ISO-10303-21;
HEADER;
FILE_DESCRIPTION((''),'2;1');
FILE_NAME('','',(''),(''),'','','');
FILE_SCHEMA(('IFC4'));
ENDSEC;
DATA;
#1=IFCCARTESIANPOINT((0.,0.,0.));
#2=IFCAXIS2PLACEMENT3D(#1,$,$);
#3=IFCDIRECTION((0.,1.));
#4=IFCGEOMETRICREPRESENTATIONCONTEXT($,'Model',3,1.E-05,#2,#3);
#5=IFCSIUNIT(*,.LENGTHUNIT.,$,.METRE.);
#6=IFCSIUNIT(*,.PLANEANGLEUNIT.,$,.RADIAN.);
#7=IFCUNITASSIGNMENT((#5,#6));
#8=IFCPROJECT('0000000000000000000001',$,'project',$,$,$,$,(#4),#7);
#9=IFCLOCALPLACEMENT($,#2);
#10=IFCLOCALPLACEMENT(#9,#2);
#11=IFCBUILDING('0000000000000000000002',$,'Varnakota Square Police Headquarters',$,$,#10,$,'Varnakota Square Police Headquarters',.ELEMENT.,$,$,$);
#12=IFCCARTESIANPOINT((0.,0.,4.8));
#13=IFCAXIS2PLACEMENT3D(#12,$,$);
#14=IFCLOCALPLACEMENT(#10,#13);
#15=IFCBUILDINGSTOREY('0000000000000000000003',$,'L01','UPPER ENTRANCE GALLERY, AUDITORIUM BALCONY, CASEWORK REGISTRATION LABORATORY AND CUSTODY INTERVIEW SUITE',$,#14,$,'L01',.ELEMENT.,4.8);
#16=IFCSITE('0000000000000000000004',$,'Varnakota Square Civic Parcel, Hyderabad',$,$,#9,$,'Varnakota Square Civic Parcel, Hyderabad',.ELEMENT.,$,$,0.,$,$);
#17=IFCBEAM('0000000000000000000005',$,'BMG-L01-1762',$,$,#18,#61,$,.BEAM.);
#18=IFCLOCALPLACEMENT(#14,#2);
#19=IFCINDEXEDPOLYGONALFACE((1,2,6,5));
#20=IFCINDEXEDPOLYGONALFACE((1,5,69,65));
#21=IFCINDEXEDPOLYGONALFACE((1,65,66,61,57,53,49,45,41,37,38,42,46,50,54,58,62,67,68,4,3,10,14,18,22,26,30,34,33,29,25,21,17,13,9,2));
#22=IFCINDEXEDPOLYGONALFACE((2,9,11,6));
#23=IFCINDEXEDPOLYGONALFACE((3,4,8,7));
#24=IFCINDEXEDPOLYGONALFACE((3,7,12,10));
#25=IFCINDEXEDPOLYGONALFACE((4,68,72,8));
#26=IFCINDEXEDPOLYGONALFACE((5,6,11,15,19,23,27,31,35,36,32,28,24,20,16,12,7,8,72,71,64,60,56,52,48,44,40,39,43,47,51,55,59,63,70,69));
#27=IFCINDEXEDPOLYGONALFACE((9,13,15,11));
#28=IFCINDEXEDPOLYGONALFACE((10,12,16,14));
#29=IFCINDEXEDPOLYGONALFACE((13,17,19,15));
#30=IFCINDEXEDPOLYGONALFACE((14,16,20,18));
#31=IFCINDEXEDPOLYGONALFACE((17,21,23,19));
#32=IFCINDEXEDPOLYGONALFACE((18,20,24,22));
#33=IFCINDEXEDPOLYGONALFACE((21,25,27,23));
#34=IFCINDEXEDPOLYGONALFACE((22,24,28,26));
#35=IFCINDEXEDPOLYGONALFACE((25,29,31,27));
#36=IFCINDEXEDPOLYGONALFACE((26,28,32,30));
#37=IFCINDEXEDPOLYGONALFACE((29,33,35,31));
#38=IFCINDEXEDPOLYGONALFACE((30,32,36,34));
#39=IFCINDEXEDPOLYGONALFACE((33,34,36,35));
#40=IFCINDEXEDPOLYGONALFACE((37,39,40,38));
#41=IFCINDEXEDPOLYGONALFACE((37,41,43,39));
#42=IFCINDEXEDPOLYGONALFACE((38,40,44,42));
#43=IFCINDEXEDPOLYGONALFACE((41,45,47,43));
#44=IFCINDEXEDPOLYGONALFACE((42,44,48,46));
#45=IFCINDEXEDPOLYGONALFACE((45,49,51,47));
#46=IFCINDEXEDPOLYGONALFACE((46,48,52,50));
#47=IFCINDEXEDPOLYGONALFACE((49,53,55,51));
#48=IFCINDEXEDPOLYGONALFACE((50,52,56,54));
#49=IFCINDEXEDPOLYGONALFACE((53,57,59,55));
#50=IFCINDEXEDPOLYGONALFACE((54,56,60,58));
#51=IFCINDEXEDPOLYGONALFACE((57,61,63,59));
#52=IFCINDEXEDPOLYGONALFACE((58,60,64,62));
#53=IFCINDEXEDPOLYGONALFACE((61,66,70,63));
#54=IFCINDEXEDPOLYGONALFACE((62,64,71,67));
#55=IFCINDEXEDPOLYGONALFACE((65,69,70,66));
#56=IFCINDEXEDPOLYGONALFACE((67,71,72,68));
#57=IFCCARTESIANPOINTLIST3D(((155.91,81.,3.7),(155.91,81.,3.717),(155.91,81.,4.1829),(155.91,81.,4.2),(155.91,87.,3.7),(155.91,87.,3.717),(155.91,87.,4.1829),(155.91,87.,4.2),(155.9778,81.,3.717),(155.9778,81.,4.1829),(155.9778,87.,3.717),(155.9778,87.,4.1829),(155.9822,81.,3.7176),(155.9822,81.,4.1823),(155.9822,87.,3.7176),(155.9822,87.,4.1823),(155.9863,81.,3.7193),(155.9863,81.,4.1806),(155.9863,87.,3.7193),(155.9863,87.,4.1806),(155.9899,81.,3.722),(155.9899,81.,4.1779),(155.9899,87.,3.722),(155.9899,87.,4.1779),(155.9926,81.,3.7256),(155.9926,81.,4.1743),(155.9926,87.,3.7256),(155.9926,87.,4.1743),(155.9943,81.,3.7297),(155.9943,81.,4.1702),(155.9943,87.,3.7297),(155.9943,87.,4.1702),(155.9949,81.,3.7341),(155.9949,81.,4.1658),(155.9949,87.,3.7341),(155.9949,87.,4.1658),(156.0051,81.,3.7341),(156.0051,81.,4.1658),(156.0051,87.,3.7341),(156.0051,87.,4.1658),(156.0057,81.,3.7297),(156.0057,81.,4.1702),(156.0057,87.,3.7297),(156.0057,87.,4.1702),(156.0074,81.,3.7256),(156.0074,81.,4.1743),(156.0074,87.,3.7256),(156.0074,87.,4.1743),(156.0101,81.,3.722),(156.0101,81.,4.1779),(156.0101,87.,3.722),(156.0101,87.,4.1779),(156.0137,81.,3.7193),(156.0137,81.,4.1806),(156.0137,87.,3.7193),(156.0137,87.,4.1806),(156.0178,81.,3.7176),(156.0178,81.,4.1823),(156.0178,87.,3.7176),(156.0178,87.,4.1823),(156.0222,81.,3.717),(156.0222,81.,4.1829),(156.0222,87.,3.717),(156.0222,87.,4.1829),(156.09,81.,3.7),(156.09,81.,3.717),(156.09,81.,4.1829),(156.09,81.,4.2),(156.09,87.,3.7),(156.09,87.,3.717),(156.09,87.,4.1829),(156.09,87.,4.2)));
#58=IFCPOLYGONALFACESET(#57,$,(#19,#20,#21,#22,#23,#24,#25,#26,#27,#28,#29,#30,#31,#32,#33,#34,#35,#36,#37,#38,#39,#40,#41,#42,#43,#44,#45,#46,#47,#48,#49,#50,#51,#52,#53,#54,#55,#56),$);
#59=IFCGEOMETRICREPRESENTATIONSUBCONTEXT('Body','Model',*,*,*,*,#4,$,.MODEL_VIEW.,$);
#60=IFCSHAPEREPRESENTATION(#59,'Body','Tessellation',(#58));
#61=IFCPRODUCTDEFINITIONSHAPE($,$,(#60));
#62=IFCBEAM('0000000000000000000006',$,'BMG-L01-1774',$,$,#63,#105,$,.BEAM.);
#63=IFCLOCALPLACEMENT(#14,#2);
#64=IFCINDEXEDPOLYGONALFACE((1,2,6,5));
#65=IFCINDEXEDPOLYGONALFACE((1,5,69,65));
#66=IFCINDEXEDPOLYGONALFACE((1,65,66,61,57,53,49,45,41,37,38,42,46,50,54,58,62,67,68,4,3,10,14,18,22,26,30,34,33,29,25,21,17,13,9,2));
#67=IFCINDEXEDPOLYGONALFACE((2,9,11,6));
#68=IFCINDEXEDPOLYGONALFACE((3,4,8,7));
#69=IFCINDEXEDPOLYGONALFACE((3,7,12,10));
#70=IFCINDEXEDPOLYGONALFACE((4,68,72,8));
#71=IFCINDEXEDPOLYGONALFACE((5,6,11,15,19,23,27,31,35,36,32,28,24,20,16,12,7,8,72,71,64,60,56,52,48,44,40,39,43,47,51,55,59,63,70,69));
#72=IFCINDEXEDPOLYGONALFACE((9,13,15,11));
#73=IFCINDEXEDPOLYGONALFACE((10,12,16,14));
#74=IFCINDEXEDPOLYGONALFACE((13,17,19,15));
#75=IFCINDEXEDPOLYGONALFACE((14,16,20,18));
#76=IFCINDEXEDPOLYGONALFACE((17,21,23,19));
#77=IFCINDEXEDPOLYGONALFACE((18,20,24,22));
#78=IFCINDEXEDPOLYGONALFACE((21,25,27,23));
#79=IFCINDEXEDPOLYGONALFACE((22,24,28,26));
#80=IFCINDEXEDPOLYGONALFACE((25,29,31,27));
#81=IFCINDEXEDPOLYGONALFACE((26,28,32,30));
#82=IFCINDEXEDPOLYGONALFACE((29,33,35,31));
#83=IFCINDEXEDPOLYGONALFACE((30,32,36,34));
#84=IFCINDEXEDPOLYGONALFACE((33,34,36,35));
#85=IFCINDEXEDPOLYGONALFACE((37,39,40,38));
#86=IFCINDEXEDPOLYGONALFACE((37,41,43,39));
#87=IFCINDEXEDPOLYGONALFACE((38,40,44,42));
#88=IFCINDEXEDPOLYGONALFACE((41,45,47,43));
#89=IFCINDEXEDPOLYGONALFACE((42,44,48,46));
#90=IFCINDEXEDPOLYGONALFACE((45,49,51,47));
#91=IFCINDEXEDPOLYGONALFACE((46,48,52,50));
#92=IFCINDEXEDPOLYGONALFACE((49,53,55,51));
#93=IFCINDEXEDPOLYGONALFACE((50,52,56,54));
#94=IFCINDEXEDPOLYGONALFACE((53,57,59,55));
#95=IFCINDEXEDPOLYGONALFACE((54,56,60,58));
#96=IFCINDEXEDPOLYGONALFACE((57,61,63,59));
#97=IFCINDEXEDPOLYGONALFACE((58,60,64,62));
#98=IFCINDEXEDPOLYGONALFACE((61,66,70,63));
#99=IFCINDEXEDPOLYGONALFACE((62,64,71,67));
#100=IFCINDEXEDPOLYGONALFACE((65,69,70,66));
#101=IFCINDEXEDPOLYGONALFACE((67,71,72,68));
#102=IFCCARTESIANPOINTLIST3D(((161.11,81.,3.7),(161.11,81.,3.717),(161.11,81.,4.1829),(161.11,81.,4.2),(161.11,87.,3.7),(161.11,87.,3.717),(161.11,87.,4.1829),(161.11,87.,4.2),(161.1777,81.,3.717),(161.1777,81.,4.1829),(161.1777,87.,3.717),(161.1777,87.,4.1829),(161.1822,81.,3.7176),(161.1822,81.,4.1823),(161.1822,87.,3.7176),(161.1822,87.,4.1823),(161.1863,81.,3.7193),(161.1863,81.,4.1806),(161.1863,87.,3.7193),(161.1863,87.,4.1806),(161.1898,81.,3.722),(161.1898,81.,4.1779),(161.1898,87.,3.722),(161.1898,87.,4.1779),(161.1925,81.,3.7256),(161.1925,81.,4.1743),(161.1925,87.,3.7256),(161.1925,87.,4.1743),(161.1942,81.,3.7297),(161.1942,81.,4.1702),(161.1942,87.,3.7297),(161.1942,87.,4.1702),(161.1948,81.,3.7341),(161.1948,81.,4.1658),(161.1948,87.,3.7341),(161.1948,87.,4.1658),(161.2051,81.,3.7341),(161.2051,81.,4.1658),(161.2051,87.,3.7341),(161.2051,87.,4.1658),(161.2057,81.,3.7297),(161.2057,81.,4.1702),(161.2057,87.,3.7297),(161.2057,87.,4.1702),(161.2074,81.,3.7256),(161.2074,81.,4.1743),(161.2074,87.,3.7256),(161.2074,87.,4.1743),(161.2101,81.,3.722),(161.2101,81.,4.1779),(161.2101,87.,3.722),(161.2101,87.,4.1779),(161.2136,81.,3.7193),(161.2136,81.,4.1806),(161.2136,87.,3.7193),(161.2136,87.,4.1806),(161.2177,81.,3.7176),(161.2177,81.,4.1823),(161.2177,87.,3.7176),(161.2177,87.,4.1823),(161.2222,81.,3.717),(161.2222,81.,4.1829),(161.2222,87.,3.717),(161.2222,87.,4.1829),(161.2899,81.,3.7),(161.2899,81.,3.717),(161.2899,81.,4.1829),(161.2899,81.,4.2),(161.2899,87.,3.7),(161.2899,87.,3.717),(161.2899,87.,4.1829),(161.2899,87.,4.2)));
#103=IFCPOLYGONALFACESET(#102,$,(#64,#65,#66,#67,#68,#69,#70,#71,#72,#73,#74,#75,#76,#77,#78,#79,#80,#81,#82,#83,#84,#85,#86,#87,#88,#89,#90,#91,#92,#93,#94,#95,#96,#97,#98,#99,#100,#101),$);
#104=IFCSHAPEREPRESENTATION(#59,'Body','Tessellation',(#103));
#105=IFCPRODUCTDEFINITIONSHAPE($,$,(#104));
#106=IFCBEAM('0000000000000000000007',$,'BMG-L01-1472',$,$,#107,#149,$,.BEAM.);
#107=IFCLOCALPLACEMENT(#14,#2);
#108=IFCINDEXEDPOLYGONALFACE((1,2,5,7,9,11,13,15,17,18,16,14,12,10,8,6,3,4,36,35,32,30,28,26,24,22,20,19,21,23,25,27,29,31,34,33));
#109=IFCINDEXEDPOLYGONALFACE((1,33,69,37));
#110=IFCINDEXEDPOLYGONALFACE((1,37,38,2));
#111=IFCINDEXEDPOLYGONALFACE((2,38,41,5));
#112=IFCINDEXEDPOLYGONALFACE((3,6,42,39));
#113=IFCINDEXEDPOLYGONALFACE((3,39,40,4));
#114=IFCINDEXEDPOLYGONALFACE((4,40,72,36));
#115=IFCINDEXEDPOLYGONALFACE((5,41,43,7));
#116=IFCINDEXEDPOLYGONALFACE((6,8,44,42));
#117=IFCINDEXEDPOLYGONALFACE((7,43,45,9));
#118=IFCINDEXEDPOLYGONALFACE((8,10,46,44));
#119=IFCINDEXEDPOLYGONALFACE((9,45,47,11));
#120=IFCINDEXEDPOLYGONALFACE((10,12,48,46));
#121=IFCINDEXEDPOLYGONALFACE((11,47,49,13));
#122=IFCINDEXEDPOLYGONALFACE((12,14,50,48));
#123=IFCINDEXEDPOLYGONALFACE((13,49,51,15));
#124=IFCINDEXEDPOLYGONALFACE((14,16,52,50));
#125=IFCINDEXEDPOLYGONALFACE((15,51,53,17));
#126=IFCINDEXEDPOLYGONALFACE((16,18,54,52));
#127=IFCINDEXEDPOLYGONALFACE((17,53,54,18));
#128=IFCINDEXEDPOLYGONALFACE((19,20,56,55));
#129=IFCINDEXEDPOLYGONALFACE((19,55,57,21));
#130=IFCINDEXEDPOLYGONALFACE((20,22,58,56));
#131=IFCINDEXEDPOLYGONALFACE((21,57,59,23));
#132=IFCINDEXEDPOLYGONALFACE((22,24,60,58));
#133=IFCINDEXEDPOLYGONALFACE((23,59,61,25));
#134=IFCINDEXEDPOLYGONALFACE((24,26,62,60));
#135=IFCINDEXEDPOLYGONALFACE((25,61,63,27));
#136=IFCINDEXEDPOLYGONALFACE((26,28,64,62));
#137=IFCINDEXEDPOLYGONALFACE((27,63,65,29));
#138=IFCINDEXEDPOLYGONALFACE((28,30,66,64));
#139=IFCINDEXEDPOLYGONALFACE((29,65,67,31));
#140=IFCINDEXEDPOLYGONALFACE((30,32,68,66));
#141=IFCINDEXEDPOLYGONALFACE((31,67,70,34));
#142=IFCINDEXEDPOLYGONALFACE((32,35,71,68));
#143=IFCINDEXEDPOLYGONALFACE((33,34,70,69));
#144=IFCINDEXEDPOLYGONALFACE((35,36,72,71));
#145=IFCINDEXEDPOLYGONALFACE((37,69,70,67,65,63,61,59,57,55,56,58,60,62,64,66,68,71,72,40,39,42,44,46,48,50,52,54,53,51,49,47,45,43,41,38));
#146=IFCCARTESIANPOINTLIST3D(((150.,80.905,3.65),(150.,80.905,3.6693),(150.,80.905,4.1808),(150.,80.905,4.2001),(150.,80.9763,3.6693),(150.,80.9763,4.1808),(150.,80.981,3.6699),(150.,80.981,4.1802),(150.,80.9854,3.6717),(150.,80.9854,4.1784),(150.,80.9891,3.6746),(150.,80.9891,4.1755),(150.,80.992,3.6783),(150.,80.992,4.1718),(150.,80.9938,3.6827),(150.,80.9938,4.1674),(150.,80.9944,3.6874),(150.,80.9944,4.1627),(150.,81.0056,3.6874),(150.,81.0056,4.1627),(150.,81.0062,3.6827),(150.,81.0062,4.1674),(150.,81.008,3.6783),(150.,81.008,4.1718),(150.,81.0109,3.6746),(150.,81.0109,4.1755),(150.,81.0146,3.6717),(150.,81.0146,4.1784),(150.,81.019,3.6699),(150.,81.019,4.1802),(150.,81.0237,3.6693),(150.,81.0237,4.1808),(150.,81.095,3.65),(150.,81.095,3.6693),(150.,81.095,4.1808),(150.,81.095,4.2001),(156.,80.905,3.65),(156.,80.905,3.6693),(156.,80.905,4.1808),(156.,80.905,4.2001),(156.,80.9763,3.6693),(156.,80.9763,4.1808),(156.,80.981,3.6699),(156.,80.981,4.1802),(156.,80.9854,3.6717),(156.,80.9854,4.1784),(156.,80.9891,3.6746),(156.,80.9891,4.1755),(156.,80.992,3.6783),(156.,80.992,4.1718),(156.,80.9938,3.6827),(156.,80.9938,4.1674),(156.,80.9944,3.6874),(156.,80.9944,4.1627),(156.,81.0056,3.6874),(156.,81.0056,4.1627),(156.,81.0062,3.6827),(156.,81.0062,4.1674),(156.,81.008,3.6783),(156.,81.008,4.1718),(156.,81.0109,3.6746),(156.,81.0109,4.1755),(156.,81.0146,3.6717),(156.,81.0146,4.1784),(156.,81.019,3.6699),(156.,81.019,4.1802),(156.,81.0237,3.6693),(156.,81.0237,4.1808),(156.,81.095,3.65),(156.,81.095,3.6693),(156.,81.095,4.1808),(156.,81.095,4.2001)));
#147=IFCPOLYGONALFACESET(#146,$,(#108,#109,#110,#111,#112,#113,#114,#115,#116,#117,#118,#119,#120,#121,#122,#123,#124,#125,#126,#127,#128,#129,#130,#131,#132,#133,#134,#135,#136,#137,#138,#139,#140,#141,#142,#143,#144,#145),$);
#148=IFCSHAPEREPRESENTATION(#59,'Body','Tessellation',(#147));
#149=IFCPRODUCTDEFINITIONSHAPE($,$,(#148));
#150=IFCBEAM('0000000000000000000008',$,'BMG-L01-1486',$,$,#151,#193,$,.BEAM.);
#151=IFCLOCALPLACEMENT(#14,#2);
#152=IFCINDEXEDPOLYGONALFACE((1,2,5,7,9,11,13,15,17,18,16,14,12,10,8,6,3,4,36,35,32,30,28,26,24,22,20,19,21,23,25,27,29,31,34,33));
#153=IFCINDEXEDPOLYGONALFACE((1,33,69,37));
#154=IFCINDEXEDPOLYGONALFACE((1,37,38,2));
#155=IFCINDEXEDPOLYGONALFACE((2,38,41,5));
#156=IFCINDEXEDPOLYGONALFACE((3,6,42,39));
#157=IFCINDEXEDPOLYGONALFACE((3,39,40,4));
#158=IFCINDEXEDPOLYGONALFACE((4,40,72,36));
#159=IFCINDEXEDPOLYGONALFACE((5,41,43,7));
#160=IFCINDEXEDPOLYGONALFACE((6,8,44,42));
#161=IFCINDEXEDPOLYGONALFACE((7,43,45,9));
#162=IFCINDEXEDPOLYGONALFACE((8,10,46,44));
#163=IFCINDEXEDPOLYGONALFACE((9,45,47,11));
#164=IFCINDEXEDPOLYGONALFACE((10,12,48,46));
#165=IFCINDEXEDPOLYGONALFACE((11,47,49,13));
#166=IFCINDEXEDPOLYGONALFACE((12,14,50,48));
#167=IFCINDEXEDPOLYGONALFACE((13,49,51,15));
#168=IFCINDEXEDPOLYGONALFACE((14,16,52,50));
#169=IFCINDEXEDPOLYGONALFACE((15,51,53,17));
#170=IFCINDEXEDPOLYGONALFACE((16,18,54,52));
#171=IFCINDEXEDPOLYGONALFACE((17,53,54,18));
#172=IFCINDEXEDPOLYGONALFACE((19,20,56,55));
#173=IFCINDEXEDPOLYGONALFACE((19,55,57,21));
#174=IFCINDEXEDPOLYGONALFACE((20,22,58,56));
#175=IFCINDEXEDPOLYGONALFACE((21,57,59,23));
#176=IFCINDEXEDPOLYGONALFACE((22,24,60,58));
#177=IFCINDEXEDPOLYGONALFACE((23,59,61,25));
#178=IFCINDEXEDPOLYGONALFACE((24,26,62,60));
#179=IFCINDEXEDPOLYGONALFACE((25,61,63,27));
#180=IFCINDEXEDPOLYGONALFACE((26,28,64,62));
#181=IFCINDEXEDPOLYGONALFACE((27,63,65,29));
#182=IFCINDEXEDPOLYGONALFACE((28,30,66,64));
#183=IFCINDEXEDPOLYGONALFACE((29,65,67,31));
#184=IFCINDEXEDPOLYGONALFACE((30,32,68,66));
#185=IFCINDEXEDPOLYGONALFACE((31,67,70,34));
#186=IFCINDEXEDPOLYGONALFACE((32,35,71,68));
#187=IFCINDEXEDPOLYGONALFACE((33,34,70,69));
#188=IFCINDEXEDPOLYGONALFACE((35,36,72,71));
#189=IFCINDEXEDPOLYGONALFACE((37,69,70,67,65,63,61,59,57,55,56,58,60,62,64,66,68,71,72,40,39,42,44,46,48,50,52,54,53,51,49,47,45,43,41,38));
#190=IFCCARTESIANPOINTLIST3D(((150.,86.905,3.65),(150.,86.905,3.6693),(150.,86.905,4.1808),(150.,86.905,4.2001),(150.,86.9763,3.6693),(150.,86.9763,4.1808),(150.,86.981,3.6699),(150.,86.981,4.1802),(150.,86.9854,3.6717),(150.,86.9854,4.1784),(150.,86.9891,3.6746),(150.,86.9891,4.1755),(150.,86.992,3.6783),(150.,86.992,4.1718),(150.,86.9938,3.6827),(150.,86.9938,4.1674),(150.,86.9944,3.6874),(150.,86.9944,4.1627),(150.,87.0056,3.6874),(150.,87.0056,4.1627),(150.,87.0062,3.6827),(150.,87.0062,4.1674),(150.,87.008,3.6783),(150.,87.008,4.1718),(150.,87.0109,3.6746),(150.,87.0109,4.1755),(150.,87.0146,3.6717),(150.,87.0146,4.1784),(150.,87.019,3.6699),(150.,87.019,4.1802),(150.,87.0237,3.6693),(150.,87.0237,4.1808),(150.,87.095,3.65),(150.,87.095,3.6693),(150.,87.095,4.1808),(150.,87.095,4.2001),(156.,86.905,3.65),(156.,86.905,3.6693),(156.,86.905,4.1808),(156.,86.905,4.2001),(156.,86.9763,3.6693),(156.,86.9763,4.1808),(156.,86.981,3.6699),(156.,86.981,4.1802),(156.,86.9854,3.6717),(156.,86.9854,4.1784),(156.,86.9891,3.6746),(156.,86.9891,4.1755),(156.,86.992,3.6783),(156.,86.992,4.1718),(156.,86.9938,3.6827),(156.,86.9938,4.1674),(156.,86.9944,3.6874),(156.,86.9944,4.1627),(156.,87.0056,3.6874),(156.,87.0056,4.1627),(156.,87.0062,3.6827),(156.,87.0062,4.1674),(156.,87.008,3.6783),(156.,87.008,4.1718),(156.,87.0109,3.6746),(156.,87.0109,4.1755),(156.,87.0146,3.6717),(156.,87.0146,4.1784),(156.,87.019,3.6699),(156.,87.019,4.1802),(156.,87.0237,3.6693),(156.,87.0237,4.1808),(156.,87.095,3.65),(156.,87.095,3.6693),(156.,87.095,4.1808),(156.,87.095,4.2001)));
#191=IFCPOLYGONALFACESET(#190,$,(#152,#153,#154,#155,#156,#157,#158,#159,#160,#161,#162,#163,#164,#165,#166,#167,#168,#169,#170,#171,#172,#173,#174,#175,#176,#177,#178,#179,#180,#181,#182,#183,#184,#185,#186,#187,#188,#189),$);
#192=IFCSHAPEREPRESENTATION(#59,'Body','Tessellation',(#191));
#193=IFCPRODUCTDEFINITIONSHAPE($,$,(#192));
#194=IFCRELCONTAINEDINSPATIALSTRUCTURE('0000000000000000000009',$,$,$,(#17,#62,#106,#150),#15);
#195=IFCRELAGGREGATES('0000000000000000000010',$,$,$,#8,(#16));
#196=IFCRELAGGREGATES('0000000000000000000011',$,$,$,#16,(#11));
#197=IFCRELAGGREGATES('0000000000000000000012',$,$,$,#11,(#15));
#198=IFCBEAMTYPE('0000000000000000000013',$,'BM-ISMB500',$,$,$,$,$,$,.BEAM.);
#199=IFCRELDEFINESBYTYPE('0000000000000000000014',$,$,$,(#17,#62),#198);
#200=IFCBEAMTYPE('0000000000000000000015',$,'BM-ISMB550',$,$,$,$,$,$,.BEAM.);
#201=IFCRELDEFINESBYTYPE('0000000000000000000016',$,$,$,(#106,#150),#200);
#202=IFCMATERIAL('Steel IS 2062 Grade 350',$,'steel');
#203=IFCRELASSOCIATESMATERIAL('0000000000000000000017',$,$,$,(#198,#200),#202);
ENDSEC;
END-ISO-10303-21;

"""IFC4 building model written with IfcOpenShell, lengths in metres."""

from ifc_helpers import new_model, si_unit, direction, frame, origin, origin_2d, place, context, subcontext, project, spatial, i_section, extrude, material, material_profile, profile_set, type_object, element, save


model = new_model("IFC4")

# Units and contexts
model_context = context("Model", 3, precision=1e-05, world=origin(), true_north=direction((0.0, 1.0)))
body_context = subcontext(model_context, "Body", "Model", "MODEL_VIEW")
ifc_project = project(units=[si_unit("LENGTHUNIT", "METRE"), si_unit("PLANEANGLEUNIT", "RADIAN")], contexts=[model_context])

# Site, building, storey
site_placement = place(None, origin())
site = spatial("IfcSite", under=ifc_project, at=site_placement, Name="Varnakota Square Civic Parcel, Hyderabad", LongName="Varnakota Square Civic Parcel, Hyderabad", CompositionType="ELEMENT", RefElevation=0.0)
building_placement = place(site_placement, origin())
building = spatial("IfcBuilding", under=site, at=building_placement, Name="Varnakota Square Police Headquarters", LongName="Varnakota Square Police Headquarters", CompositionType="ELEMENT")
storey_placement = place(building_placement, frame((0.0, 0.0, 4.8)))
storey = spatial("IfcBuildingStorey", under=building, at=storey_placement, Name="L01", Description="UPPER ENTRANCE GALLERY, AUDITORIUM BALCONY, CASEWORK REGISTRATION LABORATORY AND CUSTODY INTERVIEW SUITE", LongName="L01", CompositionType="ELEMENT", Elevation=4.8)

# Shared definitions
ifc_material_1 = material(Name="Steel IS 2062 Grade 350", Category="steel")

# Beams
ifc_material_profile_1 = material_profile(ifc_material_1, i_section(OverallWidth=0.1799, OverallDepth=0.5, WebThickness=0.0103, FlangeThickness=0.0171, FilletRadius=0.0171, at=origin_2d()), Name="ISMB 500")
ifc_profile_set_1 = profile_set([ifc_material_profile_1], Name="Steel IS 2062 Grade 350")
beam_type_1 = type_object("IfcBeamType", Name="BM-ISMB500", PredefinedType="BEAM", material=ifc_profile_set_1)
for number, where, z_axis, x_axis, name in (
    (1, (156.0, 81.0, 3.95), (0.0, 1.0, 0.0), (-1.0, 0.0, 0.0), "BMG-L01-1762"),
    (2, (161.2, 81.0, 3.95), (0.0, 1.0, 0.0), (-1.0, 0.0, 0.0), "BMG-L01-1774"),
):
    element("IfcBeam", number, at=place(storey_placement, frame(where, z_axis=z_axis, x_axis=x_axis)), inside=storey, type_object=beam_type_1, Name=name, PredefinedType="BEAM", context=body_context, shape_type="SweptSolid", body=[
        extrude(i_section(OverallWidth=0.1799, OverallDepth=0.5, WebThickness=0.0103, FlangeThickness=0.0171, FilletRadius=0.0171, at=origin_2d()), origin(), (0.0, 0.0, 1.0), 6.0),
    ])
ifc_material_profile_2 = material_profile(ifc_material_1, i_section(OverallWidth=0.1899, OverallDepth=0.55, WebThickness=0.0112, FlangeThickness=0.0193, FilletRadius=0.0181, at=origin_2d()), Name="ISMB 550")
ifc_profile_set_2 = profile_set([ifc_material_profile_2], Name="Steel IS 2062 Grade 350")
beam_type_2 = type_object("IfcBeamType", Name="BM-ISMB550", PredefinedType="BEAM", material=ifc_profile_set_2)
for number, where, z_axis, x_axis, name in (
    (3, (150.0, 81.0, 3.925), (1.0, 0.0, 0.0), (0.0, 1.0, 0.0), "BMG-L01-1472"),
    (4, (150.0, 87.0, 3.925), (1.0, 0.0, 0.0), (0.0, 1.0, 0.0), "BMG-L01-1486"),
):
    element("IfcBeam", number, at=place(storey_placement, frame(where, z_axis=z_axis, x_axis=x_axis)), inside=storey, type_object=beam_type_2, Name=name, PredefinedType="BEAM", context=body_context, shape_type="SweptSolid", body=[
        extrude(i_section(OverallWidth=0.1899, OverallDepth=0.55, WebThickness=0.0112, FlangeThickness=0.0193, FilletRadius=0.0181, at=origin_2d()), origin(), (0.0, 0.0, 1.0), 6.0),
    ])

save(model, "model.ifc")
